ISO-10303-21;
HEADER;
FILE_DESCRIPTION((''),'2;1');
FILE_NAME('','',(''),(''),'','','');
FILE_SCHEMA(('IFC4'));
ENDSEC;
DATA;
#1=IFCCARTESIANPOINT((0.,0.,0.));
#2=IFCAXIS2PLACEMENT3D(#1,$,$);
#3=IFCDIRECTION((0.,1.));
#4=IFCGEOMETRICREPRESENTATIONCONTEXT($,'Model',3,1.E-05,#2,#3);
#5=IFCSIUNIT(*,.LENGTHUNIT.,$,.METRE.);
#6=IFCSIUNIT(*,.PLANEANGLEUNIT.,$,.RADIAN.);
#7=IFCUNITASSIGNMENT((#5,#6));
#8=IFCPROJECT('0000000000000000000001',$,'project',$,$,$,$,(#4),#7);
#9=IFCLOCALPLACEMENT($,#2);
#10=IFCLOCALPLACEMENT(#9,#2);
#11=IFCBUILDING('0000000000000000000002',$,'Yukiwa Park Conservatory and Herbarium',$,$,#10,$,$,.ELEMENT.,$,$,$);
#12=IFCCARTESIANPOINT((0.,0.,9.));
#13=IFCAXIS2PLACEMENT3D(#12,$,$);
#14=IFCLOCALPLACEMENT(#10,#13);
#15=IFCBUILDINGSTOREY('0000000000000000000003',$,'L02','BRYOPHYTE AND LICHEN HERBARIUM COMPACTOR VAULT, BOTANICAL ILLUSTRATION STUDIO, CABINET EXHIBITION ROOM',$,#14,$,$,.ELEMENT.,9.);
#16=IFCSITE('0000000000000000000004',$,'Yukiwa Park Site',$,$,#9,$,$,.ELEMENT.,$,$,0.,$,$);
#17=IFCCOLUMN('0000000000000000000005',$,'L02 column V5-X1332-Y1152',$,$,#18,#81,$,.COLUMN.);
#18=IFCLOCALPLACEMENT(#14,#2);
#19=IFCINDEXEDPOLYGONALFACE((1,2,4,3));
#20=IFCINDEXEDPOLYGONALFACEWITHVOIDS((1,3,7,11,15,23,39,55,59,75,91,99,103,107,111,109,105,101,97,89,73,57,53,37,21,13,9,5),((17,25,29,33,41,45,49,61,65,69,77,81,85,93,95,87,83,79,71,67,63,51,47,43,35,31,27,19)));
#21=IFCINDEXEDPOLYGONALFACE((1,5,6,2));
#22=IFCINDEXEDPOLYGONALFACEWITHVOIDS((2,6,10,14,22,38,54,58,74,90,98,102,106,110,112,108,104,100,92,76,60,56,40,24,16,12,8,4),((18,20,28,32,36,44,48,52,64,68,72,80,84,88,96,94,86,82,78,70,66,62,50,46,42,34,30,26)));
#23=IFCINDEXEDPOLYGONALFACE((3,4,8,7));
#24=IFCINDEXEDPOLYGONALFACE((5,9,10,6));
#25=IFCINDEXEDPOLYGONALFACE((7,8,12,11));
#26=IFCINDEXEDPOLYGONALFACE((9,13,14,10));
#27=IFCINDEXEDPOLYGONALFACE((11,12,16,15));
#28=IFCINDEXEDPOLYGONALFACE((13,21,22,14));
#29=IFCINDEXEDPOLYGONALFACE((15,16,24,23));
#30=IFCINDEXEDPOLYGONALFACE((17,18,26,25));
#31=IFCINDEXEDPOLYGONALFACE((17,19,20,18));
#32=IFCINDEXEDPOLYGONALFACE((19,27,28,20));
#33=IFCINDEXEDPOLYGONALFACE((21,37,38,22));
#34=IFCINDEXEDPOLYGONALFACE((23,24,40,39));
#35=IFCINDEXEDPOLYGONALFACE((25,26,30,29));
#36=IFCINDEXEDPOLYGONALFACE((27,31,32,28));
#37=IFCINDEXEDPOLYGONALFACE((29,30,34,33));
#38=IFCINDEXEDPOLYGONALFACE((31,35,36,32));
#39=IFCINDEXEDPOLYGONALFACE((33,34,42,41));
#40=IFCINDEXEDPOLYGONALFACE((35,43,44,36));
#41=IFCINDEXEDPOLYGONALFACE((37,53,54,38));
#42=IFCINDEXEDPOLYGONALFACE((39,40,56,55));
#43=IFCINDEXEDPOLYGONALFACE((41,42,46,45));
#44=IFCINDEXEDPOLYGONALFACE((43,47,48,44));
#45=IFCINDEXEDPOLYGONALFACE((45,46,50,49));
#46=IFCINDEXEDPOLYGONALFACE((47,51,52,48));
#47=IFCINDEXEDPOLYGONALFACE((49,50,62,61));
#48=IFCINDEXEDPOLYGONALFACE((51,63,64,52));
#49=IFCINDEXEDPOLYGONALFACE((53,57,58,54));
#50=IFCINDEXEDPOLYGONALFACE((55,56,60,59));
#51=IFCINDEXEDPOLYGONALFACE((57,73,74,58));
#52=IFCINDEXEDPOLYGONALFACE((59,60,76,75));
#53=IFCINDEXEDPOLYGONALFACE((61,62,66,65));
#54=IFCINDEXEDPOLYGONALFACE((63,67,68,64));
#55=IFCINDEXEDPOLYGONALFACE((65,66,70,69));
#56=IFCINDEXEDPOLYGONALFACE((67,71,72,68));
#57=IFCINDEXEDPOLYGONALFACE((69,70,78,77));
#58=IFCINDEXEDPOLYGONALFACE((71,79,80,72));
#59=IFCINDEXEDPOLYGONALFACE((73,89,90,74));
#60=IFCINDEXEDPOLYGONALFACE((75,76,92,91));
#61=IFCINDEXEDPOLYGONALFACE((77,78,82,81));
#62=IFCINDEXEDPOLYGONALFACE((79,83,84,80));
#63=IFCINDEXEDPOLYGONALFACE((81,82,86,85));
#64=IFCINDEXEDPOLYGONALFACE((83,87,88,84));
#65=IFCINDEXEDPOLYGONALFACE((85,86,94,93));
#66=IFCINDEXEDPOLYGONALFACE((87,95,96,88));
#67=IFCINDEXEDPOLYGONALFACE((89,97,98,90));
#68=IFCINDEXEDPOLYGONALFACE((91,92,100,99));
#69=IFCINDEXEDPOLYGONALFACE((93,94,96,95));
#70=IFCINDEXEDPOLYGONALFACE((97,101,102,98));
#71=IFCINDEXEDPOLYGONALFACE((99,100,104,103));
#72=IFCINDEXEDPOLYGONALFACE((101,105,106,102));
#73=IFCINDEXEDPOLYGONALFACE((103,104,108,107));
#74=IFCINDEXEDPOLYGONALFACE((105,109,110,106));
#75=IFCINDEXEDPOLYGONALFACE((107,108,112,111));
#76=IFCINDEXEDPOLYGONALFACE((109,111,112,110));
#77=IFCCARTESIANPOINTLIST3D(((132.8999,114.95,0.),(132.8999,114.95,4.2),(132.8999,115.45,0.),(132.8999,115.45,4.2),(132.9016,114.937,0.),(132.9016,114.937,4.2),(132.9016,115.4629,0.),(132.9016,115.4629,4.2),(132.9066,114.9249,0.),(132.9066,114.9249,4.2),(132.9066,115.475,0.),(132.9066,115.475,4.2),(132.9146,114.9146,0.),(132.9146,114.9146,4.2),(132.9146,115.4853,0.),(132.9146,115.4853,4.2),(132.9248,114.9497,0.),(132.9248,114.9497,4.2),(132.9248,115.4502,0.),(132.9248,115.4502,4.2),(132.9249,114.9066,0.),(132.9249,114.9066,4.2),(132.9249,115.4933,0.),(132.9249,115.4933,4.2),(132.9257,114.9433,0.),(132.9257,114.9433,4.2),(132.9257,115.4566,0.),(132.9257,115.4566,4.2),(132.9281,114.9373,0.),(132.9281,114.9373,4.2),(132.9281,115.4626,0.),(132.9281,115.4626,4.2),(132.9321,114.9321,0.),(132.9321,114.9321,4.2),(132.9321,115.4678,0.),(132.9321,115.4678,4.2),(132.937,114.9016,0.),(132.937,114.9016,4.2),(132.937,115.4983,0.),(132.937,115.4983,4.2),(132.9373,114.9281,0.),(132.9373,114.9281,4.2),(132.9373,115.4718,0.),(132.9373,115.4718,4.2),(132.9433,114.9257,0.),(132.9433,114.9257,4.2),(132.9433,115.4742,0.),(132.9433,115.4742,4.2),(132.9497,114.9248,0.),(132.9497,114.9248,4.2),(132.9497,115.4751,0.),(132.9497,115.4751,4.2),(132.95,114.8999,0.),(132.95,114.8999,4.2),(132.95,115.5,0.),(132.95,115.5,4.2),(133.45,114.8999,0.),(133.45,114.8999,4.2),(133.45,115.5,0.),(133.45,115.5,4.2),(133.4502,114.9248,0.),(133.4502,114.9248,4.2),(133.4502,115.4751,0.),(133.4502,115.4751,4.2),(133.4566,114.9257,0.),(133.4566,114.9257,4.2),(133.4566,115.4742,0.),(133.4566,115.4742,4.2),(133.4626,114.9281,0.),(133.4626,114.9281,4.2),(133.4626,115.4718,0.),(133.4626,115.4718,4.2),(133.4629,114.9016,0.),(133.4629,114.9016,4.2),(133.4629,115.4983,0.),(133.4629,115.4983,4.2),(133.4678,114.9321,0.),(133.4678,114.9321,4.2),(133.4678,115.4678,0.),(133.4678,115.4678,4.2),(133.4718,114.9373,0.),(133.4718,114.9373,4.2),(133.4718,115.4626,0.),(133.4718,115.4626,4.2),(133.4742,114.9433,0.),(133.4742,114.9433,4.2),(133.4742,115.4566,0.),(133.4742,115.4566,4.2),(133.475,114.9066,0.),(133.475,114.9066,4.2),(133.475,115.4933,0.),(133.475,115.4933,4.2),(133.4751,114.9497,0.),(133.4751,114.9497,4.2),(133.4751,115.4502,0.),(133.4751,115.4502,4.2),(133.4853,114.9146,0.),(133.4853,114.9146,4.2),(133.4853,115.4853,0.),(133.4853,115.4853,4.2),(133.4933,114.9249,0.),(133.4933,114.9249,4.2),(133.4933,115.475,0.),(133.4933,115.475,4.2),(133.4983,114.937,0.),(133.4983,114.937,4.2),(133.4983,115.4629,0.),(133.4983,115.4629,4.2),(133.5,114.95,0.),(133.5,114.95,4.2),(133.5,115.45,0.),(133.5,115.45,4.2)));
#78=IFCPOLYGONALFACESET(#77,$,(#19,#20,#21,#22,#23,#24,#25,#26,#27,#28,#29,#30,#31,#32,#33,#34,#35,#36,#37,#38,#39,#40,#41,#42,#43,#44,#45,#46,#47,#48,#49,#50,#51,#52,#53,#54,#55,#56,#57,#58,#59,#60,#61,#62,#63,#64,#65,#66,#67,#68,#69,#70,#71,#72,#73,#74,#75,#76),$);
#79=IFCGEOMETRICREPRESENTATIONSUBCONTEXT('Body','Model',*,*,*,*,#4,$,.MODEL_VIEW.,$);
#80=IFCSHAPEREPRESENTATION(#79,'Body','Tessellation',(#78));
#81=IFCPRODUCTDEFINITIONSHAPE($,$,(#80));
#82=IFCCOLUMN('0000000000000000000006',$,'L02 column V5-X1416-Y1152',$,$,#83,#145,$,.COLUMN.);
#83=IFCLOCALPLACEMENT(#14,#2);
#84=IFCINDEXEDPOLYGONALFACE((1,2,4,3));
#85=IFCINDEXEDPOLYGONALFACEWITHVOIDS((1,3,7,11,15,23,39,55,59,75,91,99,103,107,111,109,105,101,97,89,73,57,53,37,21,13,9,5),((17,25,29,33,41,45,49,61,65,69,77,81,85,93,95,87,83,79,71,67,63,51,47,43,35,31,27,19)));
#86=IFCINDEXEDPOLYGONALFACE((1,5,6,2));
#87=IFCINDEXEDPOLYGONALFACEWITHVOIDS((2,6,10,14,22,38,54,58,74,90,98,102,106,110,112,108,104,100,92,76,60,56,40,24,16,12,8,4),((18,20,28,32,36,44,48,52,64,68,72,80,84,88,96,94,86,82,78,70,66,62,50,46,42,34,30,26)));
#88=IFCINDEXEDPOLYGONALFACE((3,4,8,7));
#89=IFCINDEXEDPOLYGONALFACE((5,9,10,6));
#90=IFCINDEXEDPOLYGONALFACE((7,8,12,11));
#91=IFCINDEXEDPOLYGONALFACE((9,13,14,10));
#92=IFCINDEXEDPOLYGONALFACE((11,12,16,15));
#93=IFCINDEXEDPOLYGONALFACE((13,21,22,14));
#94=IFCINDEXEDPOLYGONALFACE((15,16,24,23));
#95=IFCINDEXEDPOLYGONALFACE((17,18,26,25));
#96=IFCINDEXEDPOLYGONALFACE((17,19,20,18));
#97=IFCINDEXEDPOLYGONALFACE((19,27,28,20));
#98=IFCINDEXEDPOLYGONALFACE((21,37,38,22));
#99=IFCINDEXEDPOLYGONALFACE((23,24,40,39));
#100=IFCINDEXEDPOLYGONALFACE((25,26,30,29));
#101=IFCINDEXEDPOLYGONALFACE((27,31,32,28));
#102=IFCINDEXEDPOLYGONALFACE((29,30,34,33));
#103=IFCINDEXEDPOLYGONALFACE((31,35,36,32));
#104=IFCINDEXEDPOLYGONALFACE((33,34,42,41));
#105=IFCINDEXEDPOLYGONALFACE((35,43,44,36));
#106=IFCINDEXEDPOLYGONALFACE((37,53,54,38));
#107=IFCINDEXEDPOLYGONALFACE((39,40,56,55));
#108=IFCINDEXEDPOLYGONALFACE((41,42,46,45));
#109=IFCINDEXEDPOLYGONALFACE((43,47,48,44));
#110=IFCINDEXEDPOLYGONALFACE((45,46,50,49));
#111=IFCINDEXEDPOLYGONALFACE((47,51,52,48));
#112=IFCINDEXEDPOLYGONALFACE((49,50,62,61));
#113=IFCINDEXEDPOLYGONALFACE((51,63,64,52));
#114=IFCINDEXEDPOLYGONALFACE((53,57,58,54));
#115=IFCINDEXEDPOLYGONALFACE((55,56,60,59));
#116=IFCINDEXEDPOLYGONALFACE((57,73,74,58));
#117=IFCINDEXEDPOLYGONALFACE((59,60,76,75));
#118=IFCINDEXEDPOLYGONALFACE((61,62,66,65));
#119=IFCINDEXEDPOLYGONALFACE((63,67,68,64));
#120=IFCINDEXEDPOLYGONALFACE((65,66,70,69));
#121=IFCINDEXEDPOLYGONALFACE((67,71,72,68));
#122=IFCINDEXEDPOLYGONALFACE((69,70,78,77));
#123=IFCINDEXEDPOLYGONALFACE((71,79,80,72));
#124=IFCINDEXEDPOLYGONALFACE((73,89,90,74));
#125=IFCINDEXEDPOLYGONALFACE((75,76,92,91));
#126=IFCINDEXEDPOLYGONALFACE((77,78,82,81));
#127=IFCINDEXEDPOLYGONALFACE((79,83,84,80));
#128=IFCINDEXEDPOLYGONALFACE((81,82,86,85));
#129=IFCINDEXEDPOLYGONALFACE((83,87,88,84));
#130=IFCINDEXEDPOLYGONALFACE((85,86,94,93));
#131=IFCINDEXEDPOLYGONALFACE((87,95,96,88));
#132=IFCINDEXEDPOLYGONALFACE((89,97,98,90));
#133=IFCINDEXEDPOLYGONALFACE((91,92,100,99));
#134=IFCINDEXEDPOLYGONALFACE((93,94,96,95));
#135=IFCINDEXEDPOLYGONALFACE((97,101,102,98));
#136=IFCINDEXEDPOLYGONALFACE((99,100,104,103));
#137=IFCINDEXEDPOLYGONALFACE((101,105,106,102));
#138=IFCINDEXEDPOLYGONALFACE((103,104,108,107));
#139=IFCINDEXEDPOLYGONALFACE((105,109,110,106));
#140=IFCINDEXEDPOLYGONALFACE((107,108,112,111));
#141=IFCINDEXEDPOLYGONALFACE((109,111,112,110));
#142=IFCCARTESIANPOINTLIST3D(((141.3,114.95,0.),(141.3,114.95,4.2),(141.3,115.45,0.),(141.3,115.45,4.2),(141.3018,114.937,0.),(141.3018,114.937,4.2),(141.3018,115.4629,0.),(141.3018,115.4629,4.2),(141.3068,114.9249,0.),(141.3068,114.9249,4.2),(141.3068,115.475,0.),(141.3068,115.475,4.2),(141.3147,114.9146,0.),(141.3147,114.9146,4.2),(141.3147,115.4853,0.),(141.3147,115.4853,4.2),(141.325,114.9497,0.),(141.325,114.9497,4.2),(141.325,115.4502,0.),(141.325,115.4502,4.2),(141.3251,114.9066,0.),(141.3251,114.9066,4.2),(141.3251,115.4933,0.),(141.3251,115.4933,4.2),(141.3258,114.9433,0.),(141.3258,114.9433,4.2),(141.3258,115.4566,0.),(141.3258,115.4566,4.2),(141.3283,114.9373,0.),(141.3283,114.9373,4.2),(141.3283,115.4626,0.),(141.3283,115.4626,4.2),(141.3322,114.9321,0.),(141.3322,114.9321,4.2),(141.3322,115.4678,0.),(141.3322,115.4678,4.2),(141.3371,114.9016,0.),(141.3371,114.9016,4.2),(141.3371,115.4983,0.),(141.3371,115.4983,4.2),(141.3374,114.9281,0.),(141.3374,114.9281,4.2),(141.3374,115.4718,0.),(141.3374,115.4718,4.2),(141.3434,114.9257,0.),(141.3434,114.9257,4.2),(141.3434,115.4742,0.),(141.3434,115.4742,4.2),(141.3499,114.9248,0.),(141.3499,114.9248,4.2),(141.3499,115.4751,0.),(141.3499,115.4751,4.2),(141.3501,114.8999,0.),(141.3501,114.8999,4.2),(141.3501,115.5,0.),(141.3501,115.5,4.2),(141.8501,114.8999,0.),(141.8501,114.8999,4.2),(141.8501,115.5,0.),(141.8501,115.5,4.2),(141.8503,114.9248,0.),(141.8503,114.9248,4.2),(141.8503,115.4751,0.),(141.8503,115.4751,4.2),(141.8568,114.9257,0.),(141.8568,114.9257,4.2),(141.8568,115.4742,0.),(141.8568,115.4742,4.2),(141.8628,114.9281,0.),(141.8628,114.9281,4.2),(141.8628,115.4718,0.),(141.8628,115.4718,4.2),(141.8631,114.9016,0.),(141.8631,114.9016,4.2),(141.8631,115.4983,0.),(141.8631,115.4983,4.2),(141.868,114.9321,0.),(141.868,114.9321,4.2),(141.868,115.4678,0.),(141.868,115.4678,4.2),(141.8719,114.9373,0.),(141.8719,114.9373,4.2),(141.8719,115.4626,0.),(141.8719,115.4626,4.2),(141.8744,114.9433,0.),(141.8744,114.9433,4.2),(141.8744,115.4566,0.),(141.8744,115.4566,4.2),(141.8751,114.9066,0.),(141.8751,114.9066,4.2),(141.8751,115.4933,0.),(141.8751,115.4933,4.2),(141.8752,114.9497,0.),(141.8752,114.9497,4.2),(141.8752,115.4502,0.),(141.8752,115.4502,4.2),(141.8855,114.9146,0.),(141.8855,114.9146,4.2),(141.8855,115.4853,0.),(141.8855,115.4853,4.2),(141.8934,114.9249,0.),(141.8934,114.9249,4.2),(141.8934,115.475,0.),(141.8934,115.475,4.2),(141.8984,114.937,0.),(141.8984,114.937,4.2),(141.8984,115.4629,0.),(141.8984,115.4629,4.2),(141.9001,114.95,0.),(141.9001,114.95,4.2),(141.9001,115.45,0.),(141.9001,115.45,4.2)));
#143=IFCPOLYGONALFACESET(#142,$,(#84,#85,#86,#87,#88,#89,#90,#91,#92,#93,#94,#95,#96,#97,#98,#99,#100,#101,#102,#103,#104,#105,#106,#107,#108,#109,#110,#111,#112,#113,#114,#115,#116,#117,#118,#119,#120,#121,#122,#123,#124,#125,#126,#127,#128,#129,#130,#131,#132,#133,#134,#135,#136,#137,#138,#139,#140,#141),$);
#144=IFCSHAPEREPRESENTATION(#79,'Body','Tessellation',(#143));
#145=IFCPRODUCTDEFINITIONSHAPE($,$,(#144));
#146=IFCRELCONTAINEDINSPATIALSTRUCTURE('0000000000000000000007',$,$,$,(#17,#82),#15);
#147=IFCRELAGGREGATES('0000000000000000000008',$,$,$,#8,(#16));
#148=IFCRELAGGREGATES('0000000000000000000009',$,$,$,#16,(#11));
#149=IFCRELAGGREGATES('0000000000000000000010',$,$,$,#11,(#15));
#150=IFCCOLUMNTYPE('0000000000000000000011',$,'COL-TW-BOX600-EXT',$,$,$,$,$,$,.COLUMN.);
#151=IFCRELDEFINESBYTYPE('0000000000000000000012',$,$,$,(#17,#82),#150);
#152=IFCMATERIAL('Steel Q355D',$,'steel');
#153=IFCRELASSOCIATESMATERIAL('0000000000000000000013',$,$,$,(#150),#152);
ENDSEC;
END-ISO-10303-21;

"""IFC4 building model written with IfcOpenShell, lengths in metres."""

from ifc_helpers import new_model, si_unit, direction, frame, origin, origin_2d, place, context, subcontext, project, spatial, hollow_rectangle, extrude, material, material_profile, profile_set, type_object, element, save


model = new_model("IFC4")

# Units and contexts
model_context = context("Model", 3, precision=1e-05, world=origin(), true_north=direction((0.0, 1.0)))
body_context = subcontext(model_context, "Body", "Model", "MODEL_VIEW")
ifc_project = project(units=[si_unit("LENGTHUNIT", "METRE"), si_unit("PLANEANGLEUNIT", "RADIAN")], contexts=[model_context])

# Site, building, storey
site_placement = place(None, origin())
site = spatial("IfcSite", under=ifc_project, at=site_placement, Name="Yukiwa Park Site", CompositionType="ELEMENT", RefElevation=0.0)
building_placement = place(site_placement, origin())
building = spatial("IfcBuilding", under=site, at=building_placement, Name="Yukiwa Park Conservatory and Herbarium", CompositionType="ELEMENT")
storey_placement = place(building_placement, frame((0.0, 0.0, 9.0)))
storey = spatial("IfcBuildingStorey", under=building, at=storey_placement, Name="L02", Description="BRYOPHYTE AND LICHEN HERBARIUM COMPACTOR VAULT, BOTANICAL ILLUSTRATION STUDIO, CABINET EXHIBITION ROOM", CompositionType="ELEMENT", Elevation=9.0)

# Columns
ifc_material_1 = material(Name="Steel Q355D", Category="steel")
ifc_material_profile_1 = material_profile(ifc_material_1, hollow_rectangle(XDim=0.6001, YDim=0.6001, WallThickness=0.0249, InnerFilletRadius=0.0249, OuterFilletRadius=0.05, at=origin_2d()), Name="BOX 600x600x25")
ifc_profile_set_1 = profile_set([ifc_material_profile_1], Name="Steel Q355D")
column_type_1 = type_object("IfcColumnType", Name="COL-TW-BOX600-EXT", PredefinedType="COLUMN", material=ifc_profile_set_1)
for number, where, z_axis, x_axis, name in (
    (1, (133.2, 115.2, 0.0), (0.0, 0.0, 1.0), (1.0, 0.0, 0.0), "L02 column V5-X1332-Y1152"),
    (2, (141.6001, 115.2, 0.0), (0.0, 0.0, 1.0), (1.0, 0.0, 0.0), "L02 column V5-X1416-Y1152"),
):
    element("IfcColumn", number, at=place(storey_placement, frame(where, z_axis=z_axis, x_axis=x_axis)), inside=storey, type_object=column_type_1, Name=name, PredefinedType="COLUMN", context=body_context, shape_type="SweptSolid", body=[
        extrude(hollow_rectangle(XDim=0.6001, YDim=0.6001, WallThickness=0.0249, InnerFilletRadius=0.0249, OuterFilletRadius=0.05, at=origin_2d()), origin(), (0.0, 0.0, 1.0), 4.2),
    ])

save(model, "model.ifc")
